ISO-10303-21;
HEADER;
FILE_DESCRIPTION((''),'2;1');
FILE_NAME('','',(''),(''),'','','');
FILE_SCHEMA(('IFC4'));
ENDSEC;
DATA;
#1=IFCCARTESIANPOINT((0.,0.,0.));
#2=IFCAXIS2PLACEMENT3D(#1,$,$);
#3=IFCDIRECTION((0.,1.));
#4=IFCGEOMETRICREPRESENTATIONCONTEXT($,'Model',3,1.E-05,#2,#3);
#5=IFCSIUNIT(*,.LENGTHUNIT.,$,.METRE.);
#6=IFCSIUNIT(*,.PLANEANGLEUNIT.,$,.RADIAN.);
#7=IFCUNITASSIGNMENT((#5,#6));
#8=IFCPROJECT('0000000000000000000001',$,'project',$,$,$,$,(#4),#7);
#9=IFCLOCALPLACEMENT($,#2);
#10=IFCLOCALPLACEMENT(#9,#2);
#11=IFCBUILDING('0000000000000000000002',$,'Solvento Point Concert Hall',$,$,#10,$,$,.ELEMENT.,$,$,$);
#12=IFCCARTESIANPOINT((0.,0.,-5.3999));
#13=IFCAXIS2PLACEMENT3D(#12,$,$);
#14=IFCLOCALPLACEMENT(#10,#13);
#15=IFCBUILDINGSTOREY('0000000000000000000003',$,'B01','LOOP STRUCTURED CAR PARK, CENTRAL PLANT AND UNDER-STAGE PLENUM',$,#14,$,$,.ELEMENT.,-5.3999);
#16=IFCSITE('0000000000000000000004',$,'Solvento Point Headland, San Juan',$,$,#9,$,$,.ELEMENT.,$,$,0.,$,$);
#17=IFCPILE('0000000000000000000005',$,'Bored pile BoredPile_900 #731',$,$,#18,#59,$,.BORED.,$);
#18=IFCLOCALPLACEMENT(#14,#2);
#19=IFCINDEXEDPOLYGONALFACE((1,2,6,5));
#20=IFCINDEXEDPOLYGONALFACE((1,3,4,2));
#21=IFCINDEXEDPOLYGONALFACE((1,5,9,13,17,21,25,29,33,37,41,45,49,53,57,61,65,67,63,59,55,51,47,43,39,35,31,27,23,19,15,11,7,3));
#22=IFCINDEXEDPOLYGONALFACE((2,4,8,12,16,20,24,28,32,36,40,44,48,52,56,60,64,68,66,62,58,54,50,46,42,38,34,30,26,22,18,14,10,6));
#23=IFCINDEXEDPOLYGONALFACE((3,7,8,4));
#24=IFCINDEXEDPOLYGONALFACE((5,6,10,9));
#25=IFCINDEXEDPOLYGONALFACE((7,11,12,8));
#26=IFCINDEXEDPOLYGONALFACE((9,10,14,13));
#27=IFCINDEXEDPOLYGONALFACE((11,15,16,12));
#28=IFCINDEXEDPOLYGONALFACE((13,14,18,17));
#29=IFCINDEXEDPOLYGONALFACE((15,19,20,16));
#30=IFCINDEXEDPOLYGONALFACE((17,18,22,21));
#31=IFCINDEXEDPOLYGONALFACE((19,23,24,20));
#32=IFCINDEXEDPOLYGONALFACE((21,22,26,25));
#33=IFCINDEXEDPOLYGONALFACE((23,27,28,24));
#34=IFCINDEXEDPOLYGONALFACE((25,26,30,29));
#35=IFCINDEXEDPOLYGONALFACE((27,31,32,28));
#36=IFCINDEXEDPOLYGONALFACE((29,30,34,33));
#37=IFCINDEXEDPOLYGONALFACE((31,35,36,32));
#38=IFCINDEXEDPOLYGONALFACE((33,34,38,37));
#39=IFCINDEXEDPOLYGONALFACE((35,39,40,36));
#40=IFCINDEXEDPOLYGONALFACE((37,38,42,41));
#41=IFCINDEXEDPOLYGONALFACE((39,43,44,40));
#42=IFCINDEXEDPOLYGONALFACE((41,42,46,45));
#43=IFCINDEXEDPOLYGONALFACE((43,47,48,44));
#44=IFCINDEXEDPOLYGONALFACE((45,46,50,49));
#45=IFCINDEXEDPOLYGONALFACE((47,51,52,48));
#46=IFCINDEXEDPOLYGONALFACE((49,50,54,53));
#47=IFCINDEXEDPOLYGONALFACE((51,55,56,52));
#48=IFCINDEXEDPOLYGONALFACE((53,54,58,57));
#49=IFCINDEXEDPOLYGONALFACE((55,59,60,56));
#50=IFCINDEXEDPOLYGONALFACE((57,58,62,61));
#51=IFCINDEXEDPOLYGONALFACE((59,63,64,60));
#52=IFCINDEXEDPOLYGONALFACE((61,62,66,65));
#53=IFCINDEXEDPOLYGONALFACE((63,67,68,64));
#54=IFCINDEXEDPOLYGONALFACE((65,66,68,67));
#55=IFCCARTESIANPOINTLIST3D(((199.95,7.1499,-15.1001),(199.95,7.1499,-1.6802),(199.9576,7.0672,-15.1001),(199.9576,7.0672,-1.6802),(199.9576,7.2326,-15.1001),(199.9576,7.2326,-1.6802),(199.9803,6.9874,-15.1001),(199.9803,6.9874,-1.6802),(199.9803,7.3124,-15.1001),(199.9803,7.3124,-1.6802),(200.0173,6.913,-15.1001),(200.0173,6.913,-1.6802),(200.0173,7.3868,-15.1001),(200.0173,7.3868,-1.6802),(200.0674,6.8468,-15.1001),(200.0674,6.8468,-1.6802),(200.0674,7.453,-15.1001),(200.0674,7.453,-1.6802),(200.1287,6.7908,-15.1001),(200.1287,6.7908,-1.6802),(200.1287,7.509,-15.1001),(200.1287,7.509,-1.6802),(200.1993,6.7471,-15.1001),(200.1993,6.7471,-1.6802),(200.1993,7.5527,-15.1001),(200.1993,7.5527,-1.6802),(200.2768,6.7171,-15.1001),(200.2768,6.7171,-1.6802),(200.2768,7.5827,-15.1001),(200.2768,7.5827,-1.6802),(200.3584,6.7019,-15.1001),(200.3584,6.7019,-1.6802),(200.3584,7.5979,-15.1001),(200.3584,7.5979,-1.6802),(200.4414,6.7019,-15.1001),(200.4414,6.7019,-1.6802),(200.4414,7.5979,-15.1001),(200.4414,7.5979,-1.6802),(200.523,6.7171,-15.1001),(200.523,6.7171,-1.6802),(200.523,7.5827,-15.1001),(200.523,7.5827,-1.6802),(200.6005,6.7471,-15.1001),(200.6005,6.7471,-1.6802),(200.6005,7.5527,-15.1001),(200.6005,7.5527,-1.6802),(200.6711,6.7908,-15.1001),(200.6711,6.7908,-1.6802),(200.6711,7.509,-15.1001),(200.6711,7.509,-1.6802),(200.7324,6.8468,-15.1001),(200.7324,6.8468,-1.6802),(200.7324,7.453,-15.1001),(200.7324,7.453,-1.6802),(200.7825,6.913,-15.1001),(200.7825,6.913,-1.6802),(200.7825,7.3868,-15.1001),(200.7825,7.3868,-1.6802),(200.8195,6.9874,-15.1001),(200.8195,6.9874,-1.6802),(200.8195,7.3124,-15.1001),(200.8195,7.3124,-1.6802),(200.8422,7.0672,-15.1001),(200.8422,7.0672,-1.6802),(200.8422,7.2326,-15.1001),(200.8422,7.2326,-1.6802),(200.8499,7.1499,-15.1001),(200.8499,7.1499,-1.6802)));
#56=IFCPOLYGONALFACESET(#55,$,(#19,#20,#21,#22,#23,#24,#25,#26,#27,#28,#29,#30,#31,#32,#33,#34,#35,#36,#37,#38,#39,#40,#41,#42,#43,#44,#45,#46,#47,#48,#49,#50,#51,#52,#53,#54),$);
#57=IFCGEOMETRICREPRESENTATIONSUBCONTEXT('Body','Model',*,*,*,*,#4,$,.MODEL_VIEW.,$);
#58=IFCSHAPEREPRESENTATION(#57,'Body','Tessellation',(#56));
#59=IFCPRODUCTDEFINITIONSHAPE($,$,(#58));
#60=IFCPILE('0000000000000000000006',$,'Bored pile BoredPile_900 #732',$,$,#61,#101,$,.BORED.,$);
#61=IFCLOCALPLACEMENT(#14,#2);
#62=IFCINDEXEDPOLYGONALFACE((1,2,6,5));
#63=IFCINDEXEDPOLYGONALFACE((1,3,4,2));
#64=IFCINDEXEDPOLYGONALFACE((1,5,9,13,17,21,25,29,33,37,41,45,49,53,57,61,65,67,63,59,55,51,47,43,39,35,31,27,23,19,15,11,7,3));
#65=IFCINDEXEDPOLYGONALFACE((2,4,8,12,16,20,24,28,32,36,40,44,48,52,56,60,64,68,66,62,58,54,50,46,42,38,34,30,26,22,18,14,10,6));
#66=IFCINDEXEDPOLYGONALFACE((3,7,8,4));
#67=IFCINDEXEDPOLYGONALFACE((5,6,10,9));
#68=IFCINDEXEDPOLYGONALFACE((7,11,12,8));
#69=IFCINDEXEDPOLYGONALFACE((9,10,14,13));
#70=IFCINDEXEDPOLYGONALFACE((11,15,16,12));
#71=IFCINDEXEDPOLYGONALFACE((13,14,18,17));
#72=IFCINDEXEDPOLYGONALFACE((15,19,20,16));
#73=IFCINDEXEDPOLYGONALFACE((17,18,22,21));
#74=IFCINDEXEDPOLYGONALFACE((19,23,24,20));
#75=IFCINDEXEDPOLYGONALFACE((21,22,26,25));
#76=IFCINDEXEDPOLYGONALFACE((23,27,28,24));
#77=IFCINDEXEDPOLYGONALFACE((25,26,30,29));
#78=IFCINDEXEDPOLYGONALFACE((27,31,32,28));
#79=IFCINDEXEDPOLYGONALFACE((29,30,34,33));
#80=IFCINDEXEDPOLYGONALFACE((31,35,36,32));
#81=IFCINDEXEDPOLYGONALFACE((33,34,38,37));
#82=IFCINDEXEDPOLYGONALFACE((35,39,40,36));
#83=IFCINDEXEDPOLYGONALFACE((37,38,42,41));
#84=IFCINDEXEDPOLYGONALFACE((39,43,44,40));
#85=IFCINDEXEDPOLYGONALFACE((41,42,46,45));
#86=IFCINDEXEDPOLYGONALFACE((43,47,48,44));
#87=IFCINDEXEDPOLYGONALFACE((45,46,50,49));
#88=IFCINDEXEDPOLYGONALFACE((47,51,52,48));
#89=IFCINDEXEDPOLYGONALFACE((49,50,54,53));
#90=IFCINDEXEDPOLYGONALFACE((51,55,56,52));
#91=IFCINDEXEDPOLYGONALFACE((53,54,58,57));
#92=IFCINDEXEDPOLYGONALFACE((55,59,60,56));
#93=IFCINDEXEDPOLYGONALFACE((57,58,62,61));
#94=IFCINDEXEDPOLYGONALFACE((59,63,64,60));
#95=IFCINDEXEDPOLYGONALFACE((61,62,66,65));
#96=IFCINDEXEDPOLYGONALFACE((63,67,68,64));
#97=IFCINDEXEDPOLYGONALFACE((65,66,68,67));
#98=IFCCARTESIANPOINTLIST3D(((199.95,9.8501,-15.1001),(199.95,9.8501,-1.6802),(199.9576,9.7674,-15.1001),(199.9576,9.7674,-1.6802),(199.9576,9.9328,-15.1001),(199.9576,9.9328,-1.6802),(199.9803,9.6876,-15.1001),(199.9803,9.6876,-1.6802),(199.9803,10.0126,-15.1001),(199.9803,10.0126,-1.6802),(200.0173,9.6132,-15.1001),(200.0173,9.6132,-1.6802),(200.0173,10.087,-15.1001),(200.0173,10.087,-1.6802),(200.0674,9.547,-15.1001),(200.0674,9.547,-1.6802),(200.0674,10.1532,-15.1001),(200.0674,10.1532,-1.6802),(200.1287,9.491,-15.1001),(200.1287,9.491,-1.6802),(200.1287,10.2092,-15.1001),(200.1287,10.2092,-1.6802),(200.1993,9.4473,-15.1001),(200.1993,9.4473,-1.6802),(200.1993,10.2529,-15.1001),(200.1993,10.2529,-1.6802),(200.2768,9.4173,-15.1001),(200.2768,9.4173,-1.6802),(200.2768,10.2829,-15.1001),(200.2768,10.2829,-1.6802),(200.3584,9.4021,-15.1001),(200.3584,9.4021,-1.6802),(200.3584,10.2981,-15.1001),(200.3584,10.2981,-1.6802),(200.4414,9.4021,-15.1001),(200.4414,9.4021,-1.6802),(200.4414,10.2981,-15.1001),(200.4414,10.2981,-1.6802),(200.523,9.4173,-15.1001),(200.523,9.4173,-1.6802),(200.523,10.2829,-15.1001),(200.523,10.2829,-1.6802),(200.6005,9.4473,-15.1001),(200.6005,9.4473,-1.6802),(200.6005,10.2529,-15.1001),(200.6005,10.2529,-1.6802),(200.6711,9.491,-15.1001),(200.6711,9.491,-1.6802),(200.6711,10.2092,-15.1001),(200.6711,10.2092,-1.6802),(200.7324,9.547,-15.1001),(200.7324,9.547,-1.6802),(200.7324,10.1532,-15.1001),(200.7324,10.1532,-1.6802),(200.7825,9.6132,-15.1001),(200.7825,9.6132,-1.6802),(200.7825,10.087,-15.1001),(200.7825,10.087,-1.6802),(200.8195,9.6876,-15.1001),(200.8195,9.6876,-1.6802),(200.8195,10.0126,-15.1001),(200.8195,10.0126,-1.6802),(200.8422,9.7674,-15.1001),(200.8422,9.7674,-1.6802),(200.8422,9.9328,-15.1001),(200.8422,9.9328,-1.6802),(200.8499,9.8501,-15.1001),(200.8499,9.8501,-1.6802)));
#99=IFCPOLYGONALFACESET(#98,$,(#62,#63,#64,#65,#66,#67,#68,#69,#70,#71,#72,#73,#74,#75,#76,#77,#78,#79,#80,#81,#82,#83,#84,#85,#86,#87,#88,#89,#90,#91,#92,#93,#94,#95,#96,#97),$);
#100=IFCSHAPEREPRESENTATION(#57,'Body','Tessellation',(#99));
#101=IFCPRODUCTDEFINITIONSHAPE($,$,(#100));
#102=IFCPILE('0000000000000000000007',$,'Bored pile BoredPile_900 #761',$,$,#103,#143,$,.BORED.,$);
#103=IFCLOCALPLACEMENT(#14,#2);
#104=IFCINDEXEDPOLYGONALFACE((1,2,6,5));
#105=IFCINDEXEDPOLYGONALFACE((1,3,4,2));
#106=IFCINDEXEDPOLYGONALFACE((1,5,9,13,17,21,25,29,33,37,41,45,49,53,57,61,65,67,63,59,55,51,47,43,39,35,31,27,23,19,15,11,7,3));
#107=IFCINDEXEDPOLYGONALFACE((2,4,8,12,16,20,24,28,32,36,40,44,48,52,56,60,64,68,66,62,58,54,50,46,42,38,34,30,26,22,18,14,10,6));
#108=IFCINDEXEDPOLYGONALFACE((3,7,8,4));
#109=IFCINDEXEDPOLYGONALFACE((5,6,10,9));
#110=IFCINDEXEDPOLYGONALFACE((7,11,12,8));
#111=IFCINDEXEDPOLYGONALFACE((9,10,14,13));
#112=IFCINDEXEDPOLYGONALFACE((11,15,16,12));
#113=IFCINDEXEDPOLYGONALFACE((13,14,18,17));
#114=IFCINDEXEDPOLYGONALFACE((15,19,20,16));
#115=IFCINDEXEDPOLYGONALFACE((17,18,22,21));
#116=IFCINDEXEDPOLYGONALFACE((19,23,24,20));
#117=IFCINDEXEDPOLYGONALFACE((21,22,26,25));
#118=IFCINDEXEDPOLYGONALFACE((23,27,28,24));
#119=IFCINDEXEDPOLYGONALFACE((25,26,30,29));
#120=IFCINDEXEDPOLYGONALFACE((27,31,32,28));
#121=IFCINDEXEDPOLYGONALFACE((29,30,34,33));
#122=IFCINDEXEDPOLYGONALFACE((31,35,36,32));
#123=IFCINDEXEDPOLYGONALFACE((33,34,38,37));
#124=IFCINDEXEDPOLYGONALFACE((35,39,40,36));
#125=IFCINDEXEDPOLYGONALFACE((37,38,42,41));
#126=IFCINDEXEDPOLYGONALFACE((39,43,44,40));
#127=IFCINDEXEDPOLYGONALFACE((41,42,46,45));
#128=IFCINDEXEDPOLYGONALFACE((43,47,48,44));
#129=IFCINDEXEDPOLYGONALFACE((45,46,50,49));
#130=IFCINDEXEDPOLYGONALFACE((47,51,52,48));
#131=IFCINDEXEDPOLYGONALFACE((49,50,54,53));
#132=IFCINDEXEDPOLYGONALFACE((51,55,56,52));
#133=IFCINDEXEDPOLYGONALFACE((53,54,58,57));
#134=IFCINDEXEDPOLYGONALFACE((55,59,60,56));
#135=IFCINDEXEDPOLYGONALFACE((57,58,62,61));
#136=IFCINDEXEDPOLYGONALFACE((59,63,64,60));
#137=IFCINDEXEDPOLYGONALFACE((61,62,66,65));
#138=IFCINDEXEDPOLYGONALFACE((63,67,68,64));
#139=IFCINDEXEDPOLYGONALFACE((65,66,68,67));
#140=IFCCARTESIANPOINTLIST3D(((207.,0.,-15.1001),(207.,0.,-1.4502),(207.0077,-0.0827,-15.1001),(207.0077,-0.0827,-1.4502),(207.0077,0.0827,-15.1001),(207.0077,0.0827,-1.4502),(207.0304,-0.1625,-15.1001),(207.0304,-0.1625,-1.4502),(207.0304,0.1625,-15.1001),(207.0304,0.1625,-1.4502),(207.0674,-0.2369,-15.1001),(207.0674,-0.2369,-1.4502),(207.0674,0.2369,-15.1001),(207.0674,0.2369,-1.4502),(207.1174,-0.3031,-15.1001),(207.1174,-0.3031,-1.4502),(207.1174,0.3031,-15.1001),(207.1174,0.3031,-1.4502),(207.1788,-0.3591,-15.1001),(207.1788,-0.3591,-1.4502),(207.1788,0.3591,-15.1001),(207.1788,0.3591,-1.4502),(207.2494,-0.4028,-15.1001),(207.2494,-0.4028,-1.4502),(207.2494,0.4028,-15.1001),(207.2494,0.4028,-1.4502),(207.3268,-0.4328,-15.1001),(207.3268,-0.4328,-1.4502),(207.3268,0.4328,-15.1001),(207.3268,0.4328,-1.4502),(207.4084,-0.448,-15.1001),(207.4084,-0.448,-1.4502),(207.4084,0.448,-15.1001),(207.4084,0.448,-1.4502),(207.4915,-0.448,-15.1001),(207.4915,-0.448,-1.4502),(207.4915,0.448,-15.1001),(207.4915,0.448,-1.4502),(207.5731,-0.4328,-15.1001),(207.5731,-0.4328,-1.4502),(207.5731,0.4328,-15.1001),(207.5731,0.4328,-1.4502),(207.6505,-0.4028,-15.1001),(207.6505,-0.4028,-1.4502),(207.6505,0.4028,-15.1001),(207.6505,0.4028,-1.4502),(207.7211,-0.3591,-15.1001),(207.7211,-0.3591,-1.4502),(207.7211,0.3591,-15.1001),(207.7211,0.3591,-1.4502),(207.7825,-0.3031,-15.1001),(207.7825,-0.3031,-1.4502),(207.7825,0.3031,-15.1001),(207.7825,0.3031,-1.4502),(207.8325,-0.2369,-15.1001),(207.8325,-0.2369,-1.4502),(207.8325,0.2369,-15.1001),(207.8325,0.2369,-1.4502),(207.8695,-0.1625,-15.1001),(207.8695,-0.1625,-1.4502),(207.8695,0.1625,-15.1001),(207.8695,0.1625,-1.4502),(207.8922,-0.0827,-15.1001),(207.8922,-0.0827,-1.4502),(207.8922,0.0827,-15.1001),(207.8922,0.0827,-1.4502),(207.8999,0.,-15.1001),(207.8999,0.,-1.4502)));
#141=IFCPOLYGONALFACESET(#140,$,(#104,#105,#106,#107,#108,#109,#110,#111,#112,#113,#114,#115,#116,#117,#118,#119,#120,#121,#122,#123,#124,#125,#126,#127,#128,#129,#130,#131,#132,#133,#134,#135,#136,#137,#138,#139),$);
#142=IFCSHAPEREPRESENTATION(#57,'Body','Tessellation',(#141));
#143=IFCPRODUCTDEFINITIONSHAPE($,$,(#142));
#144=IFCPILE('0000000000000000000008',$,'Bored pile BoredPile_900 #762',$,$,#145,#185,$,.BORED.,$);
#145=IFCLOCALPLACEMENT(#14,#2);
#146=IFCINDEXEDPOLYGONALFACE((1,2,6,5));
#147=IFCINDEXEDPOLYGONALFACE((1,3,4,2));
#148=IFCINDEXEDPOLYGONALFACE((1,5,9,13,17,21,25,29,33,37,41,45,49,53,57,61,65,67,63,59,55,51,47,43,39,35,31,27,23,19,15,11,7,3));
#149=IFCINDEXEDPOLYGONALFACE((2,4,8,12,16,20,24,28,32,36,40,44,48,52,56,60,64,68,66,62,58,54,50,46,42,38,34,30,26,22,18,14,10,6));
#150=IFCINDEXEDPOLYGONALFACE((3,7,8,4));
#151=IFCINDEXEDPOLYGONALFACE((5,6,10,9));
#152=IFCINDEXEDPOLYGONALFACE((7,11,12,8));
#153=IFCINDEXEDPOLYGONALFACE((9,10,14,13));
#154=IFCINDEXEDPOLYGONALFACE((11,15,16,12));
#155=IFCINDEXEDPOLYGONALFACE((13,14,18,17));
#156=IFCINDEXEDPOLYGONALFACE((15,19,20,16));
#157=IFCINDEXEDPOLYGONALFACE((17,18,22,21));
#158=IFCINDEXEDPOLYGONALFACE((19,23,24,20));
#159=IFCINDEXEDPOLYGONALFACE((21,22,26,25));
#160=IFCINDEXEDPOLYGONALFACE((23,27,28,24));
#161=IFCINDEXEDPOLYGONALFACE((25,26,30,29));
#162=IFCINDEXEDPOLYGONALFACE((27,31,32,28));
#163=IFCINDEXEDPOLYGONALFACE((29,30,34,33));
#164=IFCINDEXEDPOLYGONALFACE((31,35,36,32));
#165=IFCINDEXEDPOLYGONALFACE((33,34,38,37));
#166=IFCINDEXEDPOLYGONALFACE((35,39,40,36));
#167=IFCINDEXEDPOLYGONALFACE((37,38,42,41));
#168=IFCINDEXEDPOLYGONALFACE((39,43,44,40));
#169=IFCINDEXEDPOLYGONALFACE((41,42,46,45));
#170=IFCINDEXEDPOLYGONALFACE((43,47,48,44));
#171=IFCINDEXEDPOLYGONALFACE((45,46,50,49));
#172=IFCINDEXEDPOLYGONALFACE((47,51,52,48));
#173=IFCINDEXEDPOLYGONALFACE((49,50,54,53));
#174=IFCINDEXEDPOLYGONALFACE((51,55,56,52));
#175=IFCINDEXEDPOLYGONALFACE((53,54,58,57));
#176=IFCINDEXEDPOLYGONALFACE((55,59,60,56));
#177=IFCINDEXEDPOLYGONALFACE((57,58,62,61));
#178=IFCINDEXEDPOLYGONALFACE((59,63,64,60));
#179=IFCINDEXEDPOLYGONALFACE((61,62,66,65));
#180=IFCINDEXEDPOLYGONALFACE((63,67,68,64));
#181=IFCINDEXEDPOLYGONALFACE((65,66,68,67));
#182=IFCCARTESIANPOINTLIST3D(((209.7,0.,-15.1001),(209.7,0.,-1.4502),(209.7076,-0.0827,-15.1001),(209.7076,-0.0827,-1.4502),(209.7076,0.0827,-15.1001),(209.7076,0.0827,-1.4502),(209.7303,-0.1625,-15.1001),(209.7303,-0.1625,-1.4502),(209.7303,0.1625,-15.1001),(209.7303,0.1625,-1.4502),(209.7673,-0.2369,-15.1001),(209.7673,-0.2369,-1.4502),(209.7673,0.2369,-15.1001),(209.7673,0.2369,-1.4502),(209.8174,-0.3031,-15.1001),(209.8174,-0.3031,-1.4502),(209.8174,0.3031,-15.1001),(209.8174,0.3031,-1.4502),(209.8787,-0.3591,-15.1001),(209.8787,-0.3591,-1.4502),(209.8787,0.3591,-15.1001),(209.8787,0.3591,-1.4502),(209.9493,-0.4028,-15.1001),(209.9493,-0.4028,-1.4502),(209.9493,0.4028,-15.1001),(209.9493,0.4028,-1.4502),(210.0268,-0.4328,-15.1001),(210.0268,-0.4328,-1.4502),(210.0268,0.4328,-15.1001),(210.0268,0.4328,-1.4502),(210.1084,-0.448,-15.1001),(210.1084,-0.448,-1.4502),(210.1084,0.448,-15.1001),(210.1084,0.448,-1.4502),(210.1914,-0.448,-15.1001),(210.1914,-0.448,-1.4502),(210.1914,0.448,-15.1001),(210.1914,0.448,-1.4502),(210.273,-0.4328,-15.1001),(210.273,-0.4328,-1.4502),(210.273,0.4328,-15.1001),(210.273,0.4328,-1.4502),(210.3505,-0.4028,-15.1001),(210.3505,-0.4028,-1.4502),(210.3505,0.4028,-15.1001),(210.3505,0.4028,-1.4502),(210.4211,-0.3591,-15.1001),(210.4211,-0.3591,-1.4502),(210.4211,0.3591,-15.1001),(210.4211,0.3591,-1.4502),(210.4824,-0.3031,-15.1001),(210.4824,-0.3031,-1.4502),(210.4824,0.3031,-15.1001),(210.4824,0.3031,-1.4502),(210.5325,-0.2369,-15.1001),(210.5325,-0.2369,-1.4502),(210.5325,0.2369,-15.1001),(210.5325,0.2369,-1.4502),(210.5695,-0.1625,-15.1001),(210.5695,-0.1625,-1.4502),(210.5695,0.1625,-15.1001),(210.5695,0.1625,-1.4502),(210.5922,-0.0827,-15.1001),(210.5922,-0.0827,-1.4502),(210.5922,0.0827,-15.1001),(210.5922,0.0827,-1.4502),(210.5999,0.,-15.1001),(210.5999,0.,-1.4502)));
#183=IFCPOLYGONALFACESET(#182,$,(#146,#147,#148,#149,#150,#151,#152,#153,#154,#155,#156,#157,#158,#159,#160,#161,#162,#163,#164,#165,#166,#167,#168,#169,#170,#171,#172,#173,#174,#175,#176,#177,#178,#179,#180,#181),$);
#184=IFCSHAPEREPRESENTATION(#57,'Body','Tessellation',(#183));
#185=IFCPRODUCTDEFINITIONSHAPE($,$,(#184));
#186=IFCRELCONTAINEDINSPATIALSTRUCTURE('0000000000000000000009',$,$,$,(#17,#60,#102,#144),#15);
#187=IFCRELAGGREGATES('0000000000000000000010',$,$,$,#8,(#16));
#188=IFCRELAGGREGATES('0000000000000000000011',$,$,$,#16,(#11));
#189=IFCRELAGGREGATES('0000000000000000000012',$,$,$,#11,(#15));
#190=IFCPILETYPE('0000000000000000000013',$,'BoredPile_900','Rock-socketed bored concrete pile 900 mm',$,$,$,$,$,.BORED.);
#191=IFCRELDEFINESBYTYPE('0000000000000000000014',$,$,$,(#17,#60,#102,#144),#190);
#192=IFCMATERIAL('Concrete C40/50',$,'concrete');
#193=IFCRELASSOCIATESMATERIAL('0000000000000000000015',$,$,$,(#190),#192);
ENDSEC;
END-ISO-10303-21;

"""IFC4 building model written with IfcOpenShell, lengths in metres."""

from ifc_helpers import new_model, si_unit, direction, frame, origin, origin_2d, place, context, subcontext, project, spatial, circle, extrude, material, material_profile, profile_set, type_object, element, save


model = new_model("IFC4")

# Units and contexts
model_context = context("Model", 3, precision=1e-05, world=origin(), true_north=direction((0.0, 1.0)))
body_context = subcontext(model_context, "Body", "Model", "MODEL_VIEW")
ifc_project = project(units=[si_unit("LENGTHUNIT", "METRE"), si_unit("PLANEANGLEUNIT", "RADIAN")], contexts=[model_context])

# Site, building, storey
site_placement = place(None, origin())
site = spatial("IfcSite", under=ifc_project, at=site_placement, Name="Solvento Point Headland, San Juan", CompositionType="ELEMENT", RefElevation=0.0)
building_placement = place(site_placement, origin())
building = spatial("IfcBuilding", under=site, at=building_placement, Name="Solvento Point Concert Hall", CompositionType="ELEMENT")
storey_placement = place(building_placement, frame((0.0, 0.0, -5.3999)))
storey = spatial("IfcBuildingStorey", under=building, at=storey_placement, Name="B01", Description="LOOP STRUCTURED CAR PARK, CENTRAL PLANT AND UNDER-STAGE PLENUM", CompositionType="ELEMENT", Elevation=-5.3999)

# Piles
ifc_material_1 = material(Name="Concrete C40/50", Category="concrete")
ifc_material_profile_1 = material_profile(ifc_material_1, circle(Radius=0.45, at=origin_2d()), Name="BP-900")
ifc_profile_set_1 = profile_set([ifc_material_profile_1], Name="Concrete C40/50")
pile_type_1 = type_object("IfcPileType", Name="BoredPile_900", Description="Rock-socketed bored concrete pile 900 mm", PredefinedType="BORED", material=ifc_profile_set_1)
for number, where, z_axis, x_axis, name in (
    (1, (200.3999, 7.1499, -1.6802), (0.0, 0.0, -1.0), (1.0, 0.0, 0.0), "Bored pile BoredPile_900 #731"),
    (2, (200.3999, 9.8501, -1.6802), (0.0, 0.0, -1.0), (1.0, 0.0, 0.0), "Bored pile BoredPile_900 #732"),
):
    element("IfcPile", number, at=place(storey_placement, frame(where, z_axis=z_axis, x_axis=x_axis)), inside=storey, type_object=pile_type_1, Name=name, PredefinedType="BORED", context=body_context, shape_type="SweptSolid", body=[
        extrude(circle(Radius=0.45, at=origin_2d()), origin(), (0.0, 0.0, 1.0), 13.4199),
    ])
for number, where, z_axis, x_axis, name in (
    (3, (207.45, 0.0, -1.4502), (0.0, 0.0, -1.0), (1.0, 0.0, 0.0), "Bored pile BoredPile_900 #761"),
    (4, (210.1499, 0.0, -1.4502), (0.0, 0.0, -1.0), (1.0, 0.0, 0.0), "Bored pile BoredPile_900 #762"),
):
    element("IfcPile", number, at=place(storey_placement, frame(where, z_axis=z_axis, x_axis=x_axis)), inside=storey, type_object=pile_type_1, Name=name, PredefinedType="BORED", context=body_context, shape_type="SweptSolid", body=[
        extrude(circle(Radius=0.45, at=origin_2d()), origin(), (0.0, 0.0, 1.0), 13.6499),
    ])

save(model, "model.ifc")
